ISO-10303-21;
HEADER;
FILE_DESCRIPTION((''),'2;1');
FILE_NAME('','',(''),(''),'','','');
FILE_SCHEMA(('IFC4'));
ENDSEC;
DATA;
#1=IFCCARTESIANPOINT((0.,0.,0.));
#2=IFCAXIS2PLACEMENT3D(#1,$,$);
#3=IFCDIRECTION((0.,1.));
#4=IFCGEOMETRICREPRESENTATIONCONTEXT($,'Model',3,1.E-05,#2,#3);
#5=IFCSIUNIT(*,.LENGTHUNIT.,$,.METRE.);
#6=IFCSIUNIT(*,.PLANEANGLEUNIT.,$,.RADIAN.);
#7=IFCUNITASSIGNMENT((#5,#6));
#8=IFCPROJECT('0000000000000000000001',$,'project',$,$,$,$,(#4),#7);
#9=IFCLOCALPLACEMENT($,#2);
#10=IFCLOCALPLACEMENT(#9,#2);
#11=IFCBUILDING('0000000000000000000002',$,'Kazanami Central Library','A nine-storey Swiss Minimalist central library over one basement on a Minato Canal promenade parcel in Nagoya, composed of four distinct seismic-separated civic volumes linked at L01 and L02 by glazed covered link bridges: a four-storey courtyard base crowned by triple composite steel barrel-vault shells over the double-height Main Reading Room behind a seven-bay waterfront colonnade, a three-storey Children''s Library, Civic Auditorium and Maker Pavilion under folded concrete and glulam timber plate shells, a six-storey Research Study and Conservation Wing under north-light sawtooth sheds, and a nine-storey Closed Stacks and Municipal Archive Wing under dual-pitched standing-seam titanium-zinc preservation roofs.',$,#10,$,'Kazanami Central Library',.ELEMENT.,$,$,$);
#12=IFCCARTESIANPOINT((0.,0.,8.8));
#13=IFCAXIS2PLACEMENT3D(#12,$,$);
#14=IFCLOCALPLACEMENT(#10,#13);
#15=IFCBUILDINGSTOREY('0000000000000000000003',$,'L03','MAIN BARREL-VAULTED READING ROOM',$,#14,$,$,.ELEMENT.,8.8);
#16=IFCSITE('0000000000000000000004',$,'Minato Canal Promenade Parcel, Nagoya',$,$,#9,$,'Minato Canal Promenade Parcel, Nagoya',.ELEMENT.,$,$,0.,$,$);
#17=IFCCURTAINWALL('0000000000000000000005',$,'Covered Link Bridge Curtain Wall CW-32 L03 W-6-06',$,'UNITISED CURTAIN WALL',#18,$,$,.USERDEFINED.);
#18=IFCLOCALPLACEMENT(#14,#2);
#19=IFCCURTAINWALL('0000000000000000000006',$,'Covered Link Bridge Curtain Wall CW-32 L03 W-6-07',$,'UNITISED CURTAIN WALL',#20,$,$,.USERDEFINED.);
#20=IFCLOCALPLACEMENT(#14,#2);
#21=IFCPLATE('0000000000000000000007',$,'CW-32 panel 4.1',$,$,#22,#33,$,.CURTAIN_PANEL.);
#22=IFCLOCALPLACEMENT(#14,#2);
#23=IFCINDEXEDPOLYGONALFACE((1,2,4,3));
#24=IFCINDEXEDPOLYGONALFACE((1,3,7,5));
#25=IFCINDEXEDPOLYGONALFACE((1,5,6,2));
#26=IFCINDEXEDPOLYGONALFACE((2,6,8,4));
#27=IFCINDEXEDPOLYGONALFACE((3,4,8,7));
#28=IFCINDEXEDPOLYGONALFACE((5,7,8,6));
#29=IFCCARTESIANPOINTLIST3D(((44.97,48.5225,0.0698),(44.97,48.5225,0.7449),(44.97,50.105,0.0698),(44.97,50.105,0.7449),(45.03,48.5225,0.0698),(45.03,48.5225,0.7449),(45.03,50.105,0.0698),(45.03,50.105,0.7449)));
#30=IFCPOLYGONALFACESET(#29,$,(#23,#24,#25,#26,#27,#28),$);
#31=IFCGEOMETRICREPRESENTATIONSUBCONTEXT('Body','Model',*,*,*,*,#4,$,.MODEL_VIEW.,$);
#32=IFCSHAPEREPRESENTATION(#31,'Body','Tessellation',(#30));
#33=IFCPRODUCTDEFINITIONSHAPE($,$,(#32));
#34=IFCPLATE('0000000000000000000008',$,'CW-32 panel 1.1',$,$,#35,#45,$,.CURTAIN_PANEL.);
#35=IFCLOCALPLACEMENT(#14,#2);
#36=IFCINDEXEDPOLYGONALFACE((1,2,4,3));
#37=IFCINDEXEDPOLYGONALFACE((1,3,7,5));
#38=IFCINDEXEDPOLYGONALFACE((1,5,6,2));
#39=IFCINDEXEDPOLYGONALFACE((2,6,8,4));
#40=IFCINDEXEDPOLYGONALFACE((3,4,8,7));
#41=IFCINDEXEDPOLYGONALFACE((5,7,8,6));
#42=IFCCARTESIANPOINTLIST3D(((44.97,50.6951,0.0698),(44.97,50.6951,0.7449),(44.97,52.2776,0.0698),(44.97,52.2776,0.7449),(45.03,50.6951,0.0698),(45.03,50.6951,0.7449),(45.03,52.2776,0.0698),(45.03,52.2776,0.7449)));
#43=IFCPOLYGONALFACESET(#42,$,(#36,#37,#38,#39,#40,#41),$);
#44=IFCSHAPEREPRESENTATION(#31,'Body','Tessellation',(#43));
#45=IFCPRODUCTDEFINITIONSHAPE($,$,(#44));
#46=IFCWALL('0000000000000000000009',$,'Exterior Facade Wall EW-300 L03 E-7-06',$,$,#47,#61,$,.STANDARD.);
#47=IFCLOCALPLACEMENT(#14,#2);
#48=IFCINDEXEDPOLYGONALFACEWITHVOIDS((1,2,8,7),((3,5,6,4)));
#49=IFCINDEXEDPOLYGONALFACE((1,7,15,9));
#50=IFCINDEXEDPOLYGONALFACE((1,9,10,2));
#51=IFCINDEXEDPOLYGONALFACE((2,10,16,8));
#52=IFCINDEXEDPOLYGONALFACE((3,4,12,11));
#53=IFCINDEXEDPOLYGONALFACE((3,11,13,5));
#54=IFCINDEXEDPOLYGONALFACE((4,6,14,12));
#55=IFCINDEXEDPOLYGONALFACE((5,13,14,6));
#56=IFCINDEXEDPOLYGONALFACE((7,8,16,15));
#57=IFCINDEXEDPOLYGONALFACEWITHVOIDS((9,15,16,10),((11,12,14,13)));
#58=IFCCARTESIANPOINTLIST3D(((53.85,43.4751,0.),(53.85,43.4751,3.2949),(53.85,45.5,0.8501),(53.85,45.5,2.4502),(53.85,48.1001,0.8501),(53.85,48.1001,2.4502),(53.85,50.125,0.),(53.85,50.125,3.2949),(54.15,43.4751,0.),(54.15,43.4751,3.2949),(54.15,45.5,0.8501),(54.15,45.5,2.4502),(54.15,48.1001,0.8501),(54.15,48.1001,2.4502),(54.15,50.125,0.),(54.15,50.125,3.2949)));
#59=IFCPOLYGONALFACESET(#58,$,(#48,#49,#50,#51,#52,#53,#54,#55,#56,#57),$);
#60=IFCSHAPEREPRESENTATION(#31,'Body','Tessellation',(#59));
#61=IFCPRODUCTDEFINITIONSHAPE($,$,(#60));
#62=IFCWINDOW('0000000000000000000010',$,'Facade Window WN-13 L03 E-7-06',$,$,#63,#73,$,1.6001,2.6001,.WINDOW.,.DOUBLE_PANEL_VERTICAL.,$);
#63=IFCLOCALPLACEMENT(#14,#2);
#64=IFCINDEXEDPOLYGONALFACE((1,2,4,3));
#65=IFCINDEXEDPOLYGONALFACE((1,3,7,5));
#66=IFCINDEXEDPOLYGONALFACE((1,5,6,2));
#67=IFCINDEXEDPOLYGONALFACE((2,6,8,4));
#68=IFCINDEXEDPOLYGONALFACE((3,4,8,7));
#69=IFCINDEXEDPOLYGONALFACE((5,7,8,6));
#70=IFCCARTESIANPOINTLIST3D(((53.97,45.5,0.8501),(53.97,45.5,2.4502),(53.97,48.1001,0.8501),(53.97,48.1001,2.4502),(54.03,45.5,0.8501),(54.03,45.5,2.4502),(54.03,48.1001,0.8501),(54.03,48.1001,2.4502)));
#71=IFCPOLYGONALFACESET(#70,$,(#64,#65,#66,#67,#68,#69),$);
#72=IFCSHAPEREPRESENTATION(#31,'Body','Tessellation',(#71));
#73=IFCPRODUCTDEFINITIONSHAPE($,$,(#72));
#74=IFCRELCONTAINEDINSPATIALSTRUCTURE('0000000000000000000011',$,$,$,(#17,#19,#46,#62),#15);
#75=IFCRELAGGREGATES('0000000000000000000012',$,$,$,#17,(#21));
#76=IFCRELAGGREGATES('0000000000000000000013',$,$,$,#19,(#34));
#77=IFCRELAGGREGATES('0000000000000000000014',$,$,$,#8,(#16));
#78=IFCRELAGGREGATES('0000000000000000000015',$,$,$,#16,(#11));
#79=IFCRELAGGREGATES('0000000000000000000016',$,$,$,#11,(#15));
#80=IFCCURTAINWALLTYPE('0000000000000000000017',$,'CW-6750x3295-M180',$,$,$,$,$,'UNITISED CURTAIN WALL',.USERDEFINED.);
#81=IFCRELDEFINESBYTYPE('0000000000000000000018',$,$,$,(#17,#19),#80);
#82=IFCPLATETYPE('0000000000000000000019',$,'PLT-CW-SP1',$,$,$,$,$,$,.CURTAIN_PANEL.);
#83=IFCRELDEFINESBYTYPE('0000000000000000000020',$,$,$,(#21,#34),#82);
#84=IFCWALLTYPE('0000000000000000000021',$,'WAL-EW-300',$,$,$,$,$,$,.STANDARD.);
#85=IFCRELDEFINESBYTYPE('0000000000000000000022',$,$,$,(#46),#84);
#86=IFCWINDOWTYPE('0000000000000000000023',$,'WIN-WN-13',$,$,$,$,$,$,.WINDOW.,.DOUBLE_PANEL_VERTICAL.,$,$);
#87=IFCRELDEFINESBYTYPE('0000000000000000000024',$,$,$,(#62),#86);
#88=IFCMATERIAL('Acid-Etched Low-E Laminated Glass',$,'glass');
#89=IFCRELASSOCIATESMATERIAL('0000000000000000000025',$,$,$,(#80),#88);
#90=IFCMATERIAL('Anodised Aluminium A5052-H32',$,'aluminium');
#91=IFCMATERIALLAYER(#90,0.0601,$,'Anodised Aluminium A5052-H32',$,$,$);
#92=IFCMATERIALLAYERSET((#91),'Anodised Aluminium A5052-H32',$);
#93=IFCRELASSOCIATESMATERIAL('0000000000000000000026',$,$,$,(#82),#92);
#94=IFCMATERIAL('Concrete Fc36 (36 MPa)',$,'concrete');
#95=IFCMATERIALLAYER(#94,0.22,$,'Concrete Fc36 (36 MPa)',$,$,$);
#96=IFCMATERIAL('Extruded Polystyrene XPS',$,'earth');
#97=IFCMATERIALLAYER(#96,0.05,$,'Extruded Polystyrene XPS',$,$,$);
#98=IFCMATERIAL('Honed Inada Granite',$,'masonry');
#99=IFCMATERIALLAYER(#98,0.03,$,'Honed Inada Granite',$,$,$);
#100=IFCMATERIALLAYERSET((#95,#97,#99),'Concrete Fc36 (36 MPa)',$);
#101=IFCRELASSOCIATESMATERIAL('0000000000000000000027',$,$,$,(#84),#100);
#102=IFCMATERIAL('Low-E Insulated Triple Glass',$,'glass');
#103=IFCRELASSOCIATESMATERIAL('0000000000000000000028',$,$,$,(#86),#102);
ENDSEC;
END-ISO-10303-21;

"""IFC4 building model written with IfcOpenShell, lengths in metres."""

from ifc_helpers import new_model, si_unit, direction, frame, frame_2d, origin, origin_2d, place, context, subcontext, project, spatial, rectangle, extrude, material, layer, layer_set, type_object, element, fill, aggregate, save


model = new_model("IFC4")

# Units and contexts
model_context = context("Model", 3, precision=1e-05, world=origin(), true_north=direction((0.0, 1.0)))
body_context = subcontext(model_context, "Body", "Model", "MODEL_VIEW")
ifc_project = project(units=[si_unit("LENGTHUNIT", "METRE"), si_unit("PLANEANGLEUNIT", "RADIAN")], contexts=[model_context])

# Site, building, storey
site_placement = place(None, origin())
site = spatial("IfcSite", under=ifc_project, at=site_placement, Name="Minato Canal Promenade Parcel, Nagoya", LongName="Minato Canal Promenade Parcel, Nagoya", CompositionType="ELEMENT", RefElevation=0.0)
building_placement = place(site_placement, origin())
building = spatial("IfcBuilding", under=site, at=building_placement, Name="Kazanami Central Library", Description="A nine-storey Swiss Minimalist central library over one basement on a Minato Canal promenade parcel in Nagoya, composed of four distinct seismic-separated civic volumes linked at L01 and L02 by glazed covered link bridges: a four-storey courtyard base crowned by triple composite steel barrel-vault shells over the double-height Main Reading Room behind a seven-bay waterfront colonnade, a three-storey Children's Library, Civic Auditorium and Maker Pavilion under folded concrete and glulam timber plate shells, a six-storey Research Study and Conservation Wing under north-light sawtooth sheds, and a nine-storey Closed Stacks and Municipal Archive Wing under dual-pitched standing-seam titanium-zinc preservation roofs.", LongName="Kazanami Central Library", CompositionType="ELEMENT")
storey_placement = place(building_placement, frame((0.0, 0.0, 8.8)))
storey = spatial("IfcBuildingStorey", under=building, at=storey_placement, Name="L03", Description="MAIN BARREL-VAULTED READING ROOM", CompositionType="ELEMENT", Elevation=8.8)

# Curtain walls
ifc_material_1 = material(Name="Acid-Etched Low-E Laminated Glass", Category="glass")
curtain_wall_type_1 = type_object("IfcCurtainWallType", Name="CW-6750x3295-M180", ElementType="UNITISED CURTAIN WALL", PredefinedType="USERDEFINED", material=ifc_material_1)
curtain_wall_1_placement = place(storey_placement, origin())
curtain_wall_1 = element("IfcCurtainWall", 1, at=curtain_wall_1_placement, inside=storey, type_object=curtain_wall_type_1, Name="Covered Link Bridge Curtain Wall CW-32 L03 W-6-06", ObjectType="UNITISED CURTAIN WALL", PredefinedType="USERDEFINED")
curtain_wall_2_placement = place(storey_placement, origin())
curtain_wall_2 = element("IfcCurtainWall", 2, at=curtain_wall_2_placement, inside=storey, type_object=curtain_wall_type_1, Name="Covered Link Bridge Curtain Wall CW-32 L03 W-6-07", ObjectType="UNITISED CURTAIN WALL", PredefinedType="USERDEFINED")

# Plates
ifc_material_2 = material(Name="Low-E Insulated Triple Glass", Category="glass")
ifc_material_3 = material(Name="Anodised Aluminium A5052-H32", Category="aluminium")
ifc_layer_1 = layer(ifc_material_3, 0.0601, Name="Anodised Aluminium A5052-H32")
ifc_layer_set_1 = layer_set([ifc_layer_1], Name="Anodised Aluminium A5052-H32")
plate_type_1 = type_object("IfcPlateType", Name="PLT-CW-SP1", PredefinedType="CURTAIN_PANEL", material=ifc_layer_set_1)
plate_1_placement = place(storey_placement, frame((45.0, 49.3137, 0.0698), z_axis=(0.0, 0.0, 1.0), x_axis=(0.0, 1.0, 0.0)))
plate_1 = element("IfcPlate", 3, at=plate_1_placement, type_object=plate_type_1, Name="CW-32 panel 4.1", PredefinedType="CURTAIN_PANEL", context=body_context, shape_type="SweptSolid", body=[
    extrude(rectangle(XDim=1.5825, YDim=0.0601, at=origin_2d()), origin(), (0.0, 0.0, 1.0), 0.675),
])
aggregate(curtain_wall_1, [plate_1])
plate_2_placement = place(storey_placement, frame((45.0, 51.4863, 0.0698), z_axis=(0.0, 0.0, 1.0), x_axis=(0.0, 1.0, 0.0)))
plate_2 = element("IfcPlate", 4, at=plate_2_placement, type_object=plate_type_1, Name="CW-32 panel 1.1", PredefinedType="CURTAIN_PANEL", context=body_context, shape_type="SweptSolid", body=[
    extrude(rectangle(XDim=1.5825, YDim=0.0601, at=origin_2d()), origin(), (0.0, 0.0, 1.0), 0.675),
])
aggregate(curtain_wall_2, [plate_2])

# Wall, opening, window
ifc_material_4 = material(Name="Concrete Fc36 (36 MPa)", Category="concrete")
ifc_layer_2 = layer(ifc_material_4, 0.22, Name="Concrete Fc36 (36 MPa)")
ifc_material_5 = material(Name="Extruded Polystyrene XPS", Category="earth")
ifc_layer_3 = layer(ifc_material_5, 0.05, Name="Extruded Polystyrene XPS")
ifc_material_6 = material(Name="Honed Inada Granite", Category="masonry")
ifc_layer_4 = layer(ifc_material_6, 0.03, Name="Honed Inada Granite")
ifc_layer_set_2 = layer_set([ifc_layer_2, ifc_layer_3, ifc_layer_4], Name="Concrete Fc36 (36 MPa)")
wall_type = type_object("IfcWallType", Name="WAL-EW-300", PredefinedType="STANDARD", material=ifc_layer_set_2)
wall_placement = place(storey_placement, frame((54.0, 50.125, 0.0), z_axis=(0.0, 0.0, 1.0), x_axis=(0.0, -1.0, 0.0)))
wall = element("IfcWall", 5, at=wall_placement, inside=storey, type_object=wall_type, Name="Exterior Facade Wall EW-300 L03 E-7-06", PredefinedType="STANDARD", context=body_context, shape_type="SweptSolid", body=[
    extrude(rectangle(XDim=6.6499, YDim=0.3, at=frame_2d((3.325, 0.0))), origin(), (0.0, 0.0, 1.0), 3.2949),
])
opening_placement = place(wall_placement, frame((2.0249, 0.0, 0.8501)))
opening = element("IfcOpeningElement", 6, at=opening_placement, cuts=wall, PredefinedType="OPENING", context=body_context, shape_type="SweptSolid", body=[
    extrude(rectangle(XDim=2.6001, YDim=1.6001, at=frame_2d((1.3, 0.8))), frame((0.0, 0.1621, 0.0), z_axis=(0.0, -1.0, 0.0), x_axis=(1.0, 0.0, 0.0)), (0.0, 0.0, 1.0), 0.324),
])
window_type = type_object("IfcWindowType", Name="WIN-WN-13", PartitioningType="DOUBLE_PANEL_VERTICAL", PredefinedType="WINDOW", material=ifc_material_2)
window_placement = place(opening_placement, origin())
window = element("IfcWindow", 7, at=window_placement, inside=storey, type_object=window_type, Name="Facade Window WN-13 L03 E-7-06", OverallHeight=1.6001, OverallWidth=2.6001, PartitioningType="DOUBLE_PANEL_VERTICAL", PredefinedType="WINDOW", context=body_context, shape_type="SweptSolid", body=[
    extrude(rectangle(XDim=2.6001, YDim=1.6001, at=frame_2d((1.3, 0.8))), frame((0.0, 0.03, 0.0), z_axis=(0.0, -1.0, 0.0), x_axis=(1.0, 0.0, 0.0)), (0.0, 0.0, 1.0), 0.0601),
])
fill(opening, window)

save(model, "model.ifc")
